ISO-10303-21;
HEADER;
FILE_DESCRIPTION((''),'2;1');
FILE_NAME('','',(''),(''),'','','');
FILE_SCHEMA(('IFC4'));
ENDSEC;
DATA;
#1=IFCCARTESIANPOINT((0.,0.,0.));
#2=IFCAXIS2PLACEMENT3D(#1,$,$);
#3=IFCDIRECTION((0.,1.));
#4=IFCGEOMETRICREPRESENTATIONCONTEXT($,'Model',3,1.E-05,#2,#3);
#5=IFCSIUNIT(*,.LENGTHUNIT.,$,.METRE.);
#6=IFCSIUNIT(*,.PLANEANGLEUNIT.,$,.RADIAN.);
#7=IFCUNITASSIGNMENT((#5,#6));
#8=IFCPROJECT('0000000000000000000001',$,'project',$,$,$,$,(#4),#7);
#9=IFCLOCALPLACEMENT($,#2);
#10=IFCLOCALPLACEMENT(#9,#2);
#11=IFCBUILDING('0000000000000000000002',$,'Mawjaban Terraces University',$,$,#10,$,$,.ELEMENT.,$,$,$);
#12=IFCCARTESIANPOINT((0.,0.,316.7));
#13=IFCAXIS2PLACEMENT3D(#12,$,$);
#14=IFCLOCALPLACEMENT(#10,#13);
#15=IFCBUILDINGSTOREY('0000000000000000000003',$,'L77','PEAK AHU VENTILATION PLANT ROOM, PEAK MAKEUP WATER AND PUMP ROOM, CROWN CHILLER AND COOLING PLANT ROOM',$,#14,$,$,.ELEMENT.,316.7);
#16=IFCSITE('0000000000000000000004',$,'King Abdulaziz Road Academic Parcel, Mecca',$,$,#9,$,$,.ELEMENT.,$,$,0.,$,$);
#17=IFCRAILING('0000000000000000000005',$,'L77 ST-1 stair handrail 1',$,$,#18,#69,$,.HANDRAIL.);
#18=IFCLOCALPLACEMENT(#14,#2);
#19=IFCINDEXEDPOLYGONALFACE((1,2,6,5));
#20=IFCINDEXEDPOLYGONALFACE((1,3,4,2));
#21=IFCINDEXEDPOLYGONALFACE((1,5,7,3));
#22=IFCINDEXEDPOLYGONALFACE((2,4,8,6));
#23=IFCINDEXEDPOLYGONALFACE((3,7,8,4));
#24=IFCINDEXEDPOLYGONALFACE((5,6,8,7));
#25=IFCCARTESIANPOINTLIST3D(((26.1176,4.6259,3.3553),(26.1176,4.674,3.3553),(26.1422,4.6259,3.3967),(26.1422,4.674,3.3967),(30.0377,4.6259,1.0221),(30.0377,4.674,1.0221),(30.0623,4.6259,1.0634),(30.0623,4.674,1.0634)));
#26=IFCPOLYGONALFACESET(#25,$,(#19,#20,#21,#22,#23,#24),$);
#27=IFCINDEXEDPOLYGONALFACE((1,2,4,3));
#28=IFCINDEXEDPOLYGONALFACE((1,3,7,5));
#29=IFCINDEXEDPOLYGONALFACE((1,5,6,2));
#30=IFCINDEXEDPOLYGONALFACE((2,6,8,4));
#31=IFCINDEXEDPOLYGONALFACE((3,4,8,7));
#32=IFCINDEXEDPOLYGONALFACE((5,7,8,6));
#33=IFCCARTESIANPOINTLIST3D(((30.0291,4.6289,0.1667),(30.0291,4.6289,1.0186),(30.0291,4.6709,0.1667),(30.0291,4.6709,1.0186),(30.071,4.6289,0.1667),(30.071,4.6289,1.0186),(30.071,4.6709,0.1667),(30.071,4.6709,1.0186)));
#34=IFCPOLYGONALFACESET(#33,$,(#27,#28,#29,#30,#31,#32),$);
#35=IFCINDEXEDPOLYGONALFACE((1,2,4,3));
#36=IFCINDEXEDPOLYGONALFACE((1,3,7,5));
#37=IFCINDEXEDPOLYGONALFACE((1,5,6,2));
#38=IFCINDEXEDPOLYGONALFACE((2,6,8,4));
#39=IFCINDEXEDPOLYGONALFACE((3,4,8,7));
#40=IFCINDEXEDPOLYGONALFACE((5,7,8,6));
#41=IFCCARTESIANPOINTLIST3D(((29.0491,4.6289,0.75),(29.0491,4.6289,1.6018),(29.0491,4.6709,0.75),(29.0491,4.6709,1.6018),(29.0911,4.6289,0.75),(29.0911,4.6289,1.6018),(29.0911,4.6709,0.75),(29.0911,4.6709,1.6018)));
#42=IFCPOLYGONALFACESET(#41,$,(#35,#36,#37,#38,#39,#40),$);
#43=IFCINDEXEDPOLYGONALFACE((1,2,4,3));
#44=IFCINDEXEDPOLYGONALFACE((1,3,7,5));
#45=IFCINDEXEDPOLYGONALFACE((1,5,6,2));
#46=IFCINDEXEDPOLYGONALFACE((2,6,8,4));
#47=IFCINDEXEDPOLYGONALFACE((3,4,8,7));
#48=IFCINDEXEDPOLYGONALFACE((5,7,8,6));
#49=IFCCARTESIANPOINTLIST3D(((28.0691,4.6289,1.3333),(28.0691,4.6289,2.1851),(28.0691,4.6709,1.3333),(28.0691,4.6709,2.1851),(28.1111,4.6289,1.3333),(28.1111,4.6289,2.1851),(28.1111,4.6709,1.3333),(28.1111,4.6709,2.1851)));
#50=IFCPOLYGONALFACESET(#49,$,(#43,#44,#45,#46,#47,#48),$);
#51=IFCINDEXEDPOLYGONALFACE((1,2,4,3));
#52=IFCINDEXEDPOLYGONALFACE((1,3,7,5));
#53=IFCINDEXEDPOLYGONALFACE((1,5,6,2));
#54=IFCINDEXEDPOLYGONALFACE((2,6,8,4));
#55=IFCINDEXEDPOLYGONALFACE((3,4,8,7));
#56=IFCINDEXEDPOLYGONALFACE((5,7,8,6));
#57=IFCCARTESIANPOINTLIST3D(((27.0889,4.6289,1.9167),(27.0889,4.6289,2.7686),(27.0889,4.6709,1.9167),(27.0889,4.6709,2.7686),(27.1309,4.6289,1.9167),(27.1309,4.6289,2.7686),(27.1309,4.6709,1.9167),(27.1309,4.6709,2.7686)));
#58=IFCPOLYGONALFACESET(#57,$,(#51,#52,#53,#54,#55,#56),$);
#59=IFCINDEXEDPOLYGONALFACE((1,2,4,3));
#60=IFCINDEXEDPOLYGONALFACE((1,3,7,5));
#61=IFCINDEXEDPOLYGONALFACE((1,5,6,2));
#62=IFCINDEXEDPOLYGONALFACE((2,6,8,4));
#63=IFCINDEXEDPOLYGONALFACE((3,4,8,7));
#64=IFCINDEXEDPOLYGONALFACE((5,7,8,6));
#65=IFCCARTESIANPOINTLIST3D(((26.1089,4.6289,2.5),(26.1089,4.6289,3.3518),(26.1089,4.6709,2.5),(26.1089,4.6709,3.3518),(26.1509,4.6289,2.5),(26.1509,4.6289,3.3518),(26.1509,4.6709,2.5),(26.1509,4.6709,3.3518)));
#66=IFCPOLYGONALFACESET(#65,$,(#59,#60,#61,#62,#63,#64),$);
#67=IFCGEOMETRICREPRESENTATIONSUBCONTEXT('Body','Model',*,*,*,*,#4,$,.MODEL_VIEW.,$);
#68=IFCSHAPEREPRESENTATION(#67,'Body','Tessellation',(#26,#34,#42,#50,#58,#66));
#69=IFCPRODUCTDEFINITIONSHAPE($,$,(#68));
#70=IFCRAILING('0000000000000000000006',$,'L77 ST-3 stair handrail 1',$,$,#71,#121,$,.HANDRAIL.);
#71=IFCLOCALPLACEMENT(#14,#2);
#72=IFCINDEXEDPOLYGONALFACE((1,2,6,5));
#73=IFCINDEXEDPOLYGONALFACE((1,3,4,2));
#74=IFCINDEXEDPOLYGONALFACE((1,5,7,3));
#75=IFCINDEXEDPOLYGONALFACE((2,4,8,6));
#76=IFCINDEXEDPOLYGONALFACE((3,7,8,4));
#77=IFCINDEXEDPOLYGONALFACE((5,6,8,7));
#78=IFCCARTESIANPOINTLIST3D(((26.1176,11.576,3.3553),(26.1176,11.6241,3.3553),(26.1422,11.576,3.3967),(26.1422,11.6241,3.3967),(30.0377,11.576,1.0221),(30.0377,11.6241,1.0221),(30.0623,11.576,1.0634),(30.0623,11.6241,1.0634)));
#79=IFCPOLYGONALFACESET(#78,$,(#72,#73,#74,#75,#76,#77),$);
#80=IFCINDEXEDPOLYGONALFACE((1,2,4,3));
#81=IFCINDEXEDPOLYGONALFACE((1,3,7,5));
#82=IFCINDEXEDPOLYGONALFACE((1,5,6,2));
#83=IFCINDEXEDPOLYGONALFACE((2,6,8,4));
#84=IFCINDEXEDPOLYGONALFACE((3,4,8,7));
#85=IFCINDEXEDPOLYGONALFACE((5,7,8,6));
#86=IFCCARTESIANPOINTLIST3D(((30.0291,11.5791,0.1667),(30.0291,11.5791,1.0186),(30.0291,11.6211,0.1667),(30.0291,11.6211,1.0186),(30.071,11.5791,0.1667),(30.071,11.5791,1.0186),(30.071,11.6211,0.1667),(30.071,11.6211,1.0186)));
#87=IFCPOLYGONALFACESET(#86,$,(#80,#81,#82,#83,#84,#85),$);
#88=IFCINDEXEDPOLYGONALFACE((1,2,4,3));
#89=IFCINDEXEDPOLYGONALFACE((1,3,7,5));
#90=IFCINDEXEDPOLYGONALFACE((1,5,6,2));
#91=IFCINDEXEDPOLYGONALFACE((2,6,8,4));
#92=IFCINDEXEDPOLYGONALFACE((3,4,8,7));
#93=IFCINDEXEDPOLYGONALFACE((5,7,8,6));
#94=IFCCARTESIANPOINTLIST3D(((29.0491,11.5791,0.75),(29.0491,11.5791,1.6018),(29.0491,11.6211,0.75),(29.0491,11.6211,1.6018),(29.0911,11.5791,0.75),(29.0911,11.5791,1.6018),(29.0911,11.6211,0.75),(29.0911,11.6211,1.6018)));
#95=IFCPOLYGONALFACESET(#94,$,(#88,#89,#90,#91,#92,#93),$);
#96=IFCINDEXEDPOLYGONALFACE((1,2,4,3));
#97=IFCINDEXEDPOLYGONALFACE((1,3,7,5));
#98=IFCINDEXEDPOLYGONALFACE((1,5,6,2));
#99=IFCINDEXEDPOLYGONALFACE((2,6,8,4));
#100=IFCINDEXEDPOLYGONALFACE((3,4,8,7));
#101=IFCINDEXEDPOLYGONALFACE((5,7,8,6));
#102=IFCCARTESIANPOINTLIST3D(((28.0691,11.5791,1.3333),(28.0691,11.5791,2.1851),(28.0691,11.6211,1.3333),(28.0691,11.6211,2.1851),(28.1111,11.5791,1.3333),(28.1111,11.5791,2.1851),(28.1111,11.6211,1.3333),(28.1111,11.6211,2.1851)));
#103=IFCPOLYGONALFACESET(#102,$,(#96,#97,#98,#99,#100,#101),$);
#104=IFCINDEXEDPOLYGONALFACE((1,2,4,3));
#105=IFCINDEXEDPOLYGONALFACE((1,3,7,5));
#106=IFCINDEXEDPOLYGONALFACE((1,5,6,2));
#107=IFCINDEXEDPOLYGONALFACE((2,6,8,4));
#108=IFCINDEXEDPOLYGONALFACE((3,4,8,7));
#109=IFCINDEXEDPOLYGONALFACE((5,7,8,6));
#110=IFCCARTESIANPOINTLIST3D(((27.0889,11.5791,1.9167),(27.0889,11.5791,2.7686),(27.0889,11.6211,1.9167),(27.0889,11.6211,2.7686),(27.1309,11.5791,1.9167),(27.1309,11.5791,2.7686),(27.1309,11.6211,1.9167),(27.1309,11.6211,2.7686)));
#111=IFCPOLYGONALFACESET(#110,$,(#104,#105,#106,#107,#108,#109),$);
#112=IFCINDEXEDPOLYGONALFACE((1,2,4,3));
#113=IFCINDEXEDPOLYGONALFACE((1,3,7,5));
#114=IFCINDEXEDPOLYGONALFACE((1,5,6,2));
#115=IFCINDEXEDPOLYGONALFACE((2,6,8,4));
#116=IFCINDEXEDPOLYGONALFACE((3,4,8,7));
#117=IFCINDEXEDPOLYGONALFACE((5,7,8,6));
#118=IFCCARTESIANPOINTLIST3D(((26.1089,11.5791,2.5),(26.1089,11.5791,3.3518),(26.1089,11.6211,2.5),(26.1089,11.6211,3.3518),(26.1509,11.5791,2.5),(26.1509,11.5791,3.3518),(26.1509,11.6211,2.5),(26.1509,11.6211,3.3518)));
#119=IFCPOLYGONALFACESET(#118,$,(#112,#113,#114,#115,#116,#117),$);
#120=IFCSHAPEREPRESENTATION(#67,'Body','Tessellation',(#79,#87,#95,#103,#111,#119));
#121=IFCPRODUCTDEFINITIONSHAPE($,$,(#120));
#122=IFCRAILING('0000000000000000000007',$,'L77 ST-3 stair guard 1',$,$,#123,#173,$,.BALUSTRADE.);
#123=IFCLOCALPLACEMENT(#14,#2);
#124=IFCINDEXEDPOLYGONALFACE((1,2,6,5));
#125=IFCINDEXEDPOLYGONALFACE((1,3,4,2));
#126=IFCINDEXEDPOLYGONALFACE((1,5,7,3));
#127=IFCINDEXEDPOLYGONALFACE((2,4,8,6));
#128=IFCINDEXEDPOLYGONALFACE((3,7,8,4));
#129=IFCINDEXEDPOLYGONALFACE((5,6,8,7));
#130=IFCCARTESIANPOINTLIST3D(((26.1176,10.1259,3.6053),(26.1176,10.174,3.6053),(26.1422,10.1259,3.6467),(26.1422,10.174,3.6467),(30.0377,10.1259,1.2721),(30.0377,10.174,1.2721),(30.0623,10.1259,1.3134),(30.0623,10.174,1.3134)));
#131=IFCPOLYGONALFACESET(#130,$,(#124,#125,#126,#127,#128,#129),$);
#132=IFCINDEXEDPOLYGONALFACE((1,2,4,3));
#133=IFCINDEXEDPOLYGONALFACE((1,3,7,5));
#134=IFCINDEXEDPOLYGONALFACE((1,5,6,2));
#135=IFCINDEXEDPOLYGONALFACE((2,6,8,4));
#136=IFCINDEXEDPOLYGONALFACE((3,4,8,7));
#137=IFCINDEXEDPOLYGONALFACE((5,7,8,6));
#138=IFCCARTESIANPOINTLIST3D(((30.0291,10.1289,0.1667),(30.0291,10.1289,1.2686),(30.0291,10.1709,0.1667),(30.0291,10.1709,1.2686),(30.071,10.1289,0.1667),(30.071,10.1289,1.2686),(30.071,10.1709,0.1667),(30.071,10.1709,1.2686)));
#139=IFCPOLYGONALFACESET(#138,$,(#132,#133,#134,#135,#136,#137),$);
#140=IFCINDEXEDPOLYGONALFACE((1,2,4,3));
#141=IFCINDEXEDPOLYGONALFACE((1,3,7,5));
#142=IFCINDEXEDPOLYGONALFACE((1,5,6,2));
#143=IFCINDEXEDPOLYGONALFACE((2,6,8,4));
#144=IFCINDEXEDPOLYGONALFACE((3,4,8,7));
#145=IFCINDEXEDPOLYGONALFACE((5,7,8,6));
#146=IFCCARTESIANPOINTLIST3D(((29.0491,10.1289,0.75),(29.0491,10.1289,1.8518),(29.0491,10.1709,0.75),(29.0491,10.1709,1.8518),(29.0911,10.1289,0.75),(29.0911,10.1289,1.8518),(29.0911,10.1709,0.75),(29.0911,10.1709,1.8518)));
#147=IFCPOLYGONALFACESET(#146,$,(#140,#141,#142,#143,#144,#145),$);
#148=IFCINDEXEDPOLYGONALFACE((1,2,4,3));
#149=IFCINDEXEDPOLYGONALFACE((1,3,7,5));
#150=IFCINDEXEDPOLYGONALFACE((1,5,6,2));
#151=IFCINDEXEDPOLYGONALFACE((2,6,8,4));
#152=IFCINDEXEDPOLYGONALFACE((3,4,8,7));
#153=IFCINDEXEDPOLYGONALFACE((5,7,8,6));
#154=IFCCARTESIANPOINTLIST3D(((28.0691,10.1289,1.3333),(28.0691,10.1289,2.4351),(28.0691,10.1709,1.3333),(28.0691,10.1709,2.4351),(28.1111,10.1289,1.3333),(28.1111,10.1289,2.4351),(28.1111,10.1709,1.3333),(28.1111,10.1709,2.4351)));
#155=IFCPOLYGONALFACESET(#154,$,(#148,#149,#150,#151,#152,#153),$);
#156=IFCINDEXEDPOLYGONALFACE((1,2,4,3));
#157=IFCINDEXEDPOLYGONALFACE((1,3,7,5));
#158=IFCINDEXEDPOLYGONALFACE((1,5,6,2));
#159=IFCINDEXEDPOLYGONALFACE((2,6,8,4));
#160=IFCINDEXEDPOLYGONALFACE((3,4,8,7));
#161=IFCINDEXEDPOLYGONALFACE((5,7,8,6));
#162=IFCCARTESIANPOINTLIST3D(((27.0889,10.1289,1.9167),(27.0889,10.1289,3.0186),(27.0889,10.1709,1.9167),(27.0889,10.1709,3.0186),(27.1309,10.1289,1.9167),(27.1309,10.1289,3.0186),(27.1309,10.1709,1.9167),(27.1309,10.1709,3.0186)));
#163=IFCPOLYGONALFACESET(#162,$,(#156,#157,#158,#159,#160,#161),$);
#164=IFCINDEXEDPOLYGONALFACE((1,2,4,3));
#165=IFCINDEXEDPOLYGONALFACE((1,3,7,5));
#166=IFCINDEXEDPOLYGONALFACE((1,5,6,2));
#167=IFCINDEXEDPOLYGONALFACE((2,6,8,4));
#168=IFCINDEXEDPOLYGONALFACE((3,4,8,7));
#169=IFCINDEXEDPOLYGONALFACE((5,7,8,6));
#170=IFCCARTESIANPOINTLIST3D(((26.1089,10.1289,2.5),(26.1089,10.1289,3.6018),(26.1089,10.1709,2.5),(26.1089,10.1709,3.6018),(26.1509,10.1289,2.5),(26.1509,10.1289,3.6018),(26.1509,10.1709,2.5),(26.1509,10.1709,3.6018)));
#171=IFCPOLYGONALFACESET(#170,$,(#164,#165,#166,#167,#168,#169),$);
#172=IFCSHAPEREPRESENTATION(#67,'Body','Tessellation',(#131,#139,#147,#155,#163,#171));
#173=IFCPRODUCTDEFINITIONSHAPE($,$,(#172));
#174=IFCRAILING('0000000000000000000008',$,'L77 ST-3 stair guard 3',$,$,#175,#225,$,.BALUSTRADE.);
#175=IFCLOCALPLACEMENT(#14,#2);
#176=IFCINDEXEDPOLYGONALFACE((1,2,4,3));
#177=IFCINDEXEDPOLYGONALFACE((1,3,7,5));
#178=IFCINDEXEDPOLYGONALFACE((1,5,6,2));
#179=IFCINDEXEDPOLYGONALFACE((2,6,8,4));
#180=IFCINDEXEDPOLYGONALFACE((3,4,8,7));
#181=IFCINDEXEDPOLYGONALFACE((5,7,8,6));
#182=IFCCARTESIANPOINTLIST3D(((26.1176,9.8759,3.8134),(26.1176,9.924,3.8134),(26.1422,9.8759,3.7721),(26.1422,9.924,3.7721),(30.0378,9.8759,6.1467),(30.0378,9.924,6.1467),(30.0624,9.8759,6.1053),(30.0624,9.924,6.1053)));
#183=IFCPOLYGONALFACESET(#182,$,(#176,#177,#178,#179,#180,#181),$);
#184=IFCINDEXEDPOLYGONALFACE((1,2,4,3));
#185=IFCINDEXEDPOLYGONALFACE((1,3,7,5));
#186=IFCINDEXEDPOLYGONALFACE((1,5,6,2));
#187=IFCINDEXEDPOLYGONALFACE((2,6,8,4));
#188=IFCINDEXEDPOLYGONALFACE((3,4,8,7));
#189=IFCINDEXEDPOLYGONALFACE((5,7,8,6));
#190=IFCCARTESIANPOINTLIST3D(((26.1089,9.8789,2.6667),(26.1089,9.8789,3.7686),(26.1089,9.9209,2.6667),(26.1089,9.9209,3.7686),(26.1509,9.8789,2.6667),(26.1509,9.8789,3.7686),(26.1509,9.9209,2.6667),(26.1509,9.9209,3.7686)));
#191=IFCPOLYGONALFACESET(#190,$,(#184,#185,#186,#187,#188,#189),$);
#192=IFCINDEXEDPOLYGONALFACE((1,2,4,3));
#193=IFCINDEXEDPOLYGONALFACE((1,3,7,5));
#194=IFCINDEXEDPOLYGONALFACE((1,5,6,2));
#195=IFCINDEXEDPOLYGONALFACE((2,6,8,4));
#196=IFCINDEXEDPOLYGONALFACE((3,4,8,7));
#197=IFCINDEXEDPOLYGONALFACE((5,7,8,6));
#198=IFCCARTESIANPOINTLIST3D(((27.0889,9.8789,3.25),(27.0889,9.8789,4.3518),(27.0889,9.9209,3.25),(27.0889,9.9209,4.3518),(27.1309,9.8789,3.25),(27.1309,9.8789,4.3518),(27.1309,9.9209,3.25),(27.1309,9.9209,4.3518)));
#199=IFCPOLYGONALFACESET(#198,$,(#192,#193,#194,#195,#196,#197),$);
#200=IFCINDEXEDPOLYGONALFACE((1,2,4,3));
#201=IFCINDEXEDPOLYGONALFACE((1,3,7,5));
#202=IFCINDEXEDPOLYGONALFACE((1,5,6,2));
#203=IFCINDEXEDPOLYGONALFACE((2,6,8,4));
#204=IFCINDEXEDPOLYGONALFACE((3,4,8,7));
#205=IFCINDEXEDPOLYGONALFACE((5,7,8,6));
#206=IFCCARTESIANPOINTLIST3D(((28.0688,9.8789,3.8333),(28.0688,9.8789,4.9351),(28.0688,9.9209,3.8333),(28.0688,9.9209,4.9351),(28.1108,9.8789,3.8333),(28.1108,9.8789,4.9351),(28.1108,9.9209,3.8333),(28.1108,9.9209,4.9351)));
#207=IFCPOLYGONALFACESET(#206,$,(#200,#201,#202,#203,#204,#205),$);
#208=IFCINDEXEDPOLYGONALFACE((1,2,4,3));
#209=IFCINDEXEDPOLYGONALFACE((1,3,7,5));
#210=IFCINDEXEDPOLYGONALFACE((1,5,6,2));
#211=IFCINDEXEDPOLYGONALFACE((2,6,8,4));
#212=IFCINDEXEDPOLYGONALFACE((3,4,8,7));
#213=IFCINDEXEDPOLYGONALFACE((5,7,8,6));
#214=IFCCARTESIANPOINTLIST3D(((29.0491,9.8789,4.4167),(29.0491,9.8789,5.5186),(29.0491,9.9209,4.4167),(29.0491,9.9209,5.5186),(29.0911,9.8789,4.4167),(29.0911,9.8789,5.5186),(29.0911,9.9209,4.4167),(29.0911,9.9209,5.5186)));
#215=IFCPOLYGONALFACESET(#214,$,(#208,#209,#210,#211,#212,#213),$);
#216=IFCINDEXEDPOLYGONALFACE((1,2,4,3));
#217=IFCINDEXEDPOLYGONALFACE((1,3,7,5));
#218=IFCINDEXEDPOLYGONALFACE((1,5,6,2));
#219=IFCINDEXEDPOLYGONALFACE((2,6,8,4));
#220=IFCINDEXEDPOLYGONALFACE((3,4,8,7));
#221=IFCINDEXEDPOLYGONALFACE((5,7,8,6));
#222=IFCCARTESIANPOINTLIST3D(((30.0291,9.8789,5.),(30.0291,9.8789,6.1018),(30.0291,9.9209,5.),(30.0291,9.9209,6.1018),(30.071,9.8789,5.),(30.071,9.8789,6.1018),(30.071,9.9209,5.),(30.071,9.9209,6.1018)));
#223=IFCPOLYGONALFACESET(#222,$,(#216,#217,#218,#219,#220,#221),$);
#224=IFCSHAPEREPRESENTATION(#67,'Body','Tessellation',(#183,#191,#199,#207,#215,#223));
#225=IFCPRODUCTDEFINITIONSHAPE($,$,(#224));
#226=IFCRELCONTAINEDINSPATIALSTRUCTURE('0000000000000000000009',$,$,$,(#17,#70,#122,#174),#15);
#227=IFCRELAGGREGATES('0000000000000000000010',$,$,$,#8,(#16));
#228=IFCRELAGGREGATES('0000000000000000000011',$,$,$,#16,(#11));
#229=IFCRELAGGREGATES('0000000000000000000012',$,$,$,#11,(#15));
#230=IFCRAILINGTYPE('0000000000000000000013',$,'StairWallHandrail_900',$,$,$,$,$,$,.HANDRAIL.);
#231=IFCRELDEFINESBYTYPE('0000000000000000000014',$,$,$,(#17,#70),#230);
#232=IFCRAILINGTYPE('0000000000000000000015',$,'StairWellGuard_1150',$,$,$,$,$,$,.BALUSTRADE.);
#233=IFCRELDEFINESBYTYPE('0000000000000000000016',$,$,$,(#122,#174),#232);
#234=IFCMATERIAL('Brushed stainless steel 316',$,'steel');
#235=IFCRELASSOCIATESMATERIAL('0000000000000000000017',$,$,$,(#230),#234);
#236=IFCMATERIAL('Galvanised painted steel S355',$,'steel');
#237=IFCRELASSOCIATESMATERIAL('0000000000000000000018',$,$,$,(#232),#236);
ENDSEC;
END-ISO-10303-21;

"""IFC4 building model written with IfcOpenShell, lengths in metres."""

from ifc_helpers import new_model, si_unit, direction, frame, origin, origin_2d, place, context, subcontext, project, spatial, rectangle, extrude, material, type_object, element, save


model = new_model("IFC4")

# Units and contexts
model_context = context("Model", 3, precision=1e-05, world=origin(), true_north=direction((0.0, 1.0)))
body_context = subcontext(model_context, "Body", "Model", "MODEL_VIEW")
ifc_project = project(units=[si_unit("LENGTHUNIT", "METRE"), si_unit("PLANEANGLEUNIT", "RADIAN")], contexts=[model_context])

# Site, building, storey
site_placement = place(None, origin())
site = spatial("IfcSite", under=ifc_project, at=site_placement, Name="King Abdulaziz Road Academic Parcel, Mecca", CompositionType="ELEMENT", RefElevation=0.0)
building_placement = place(site_placement, origin())
building = spatial("IfcBuilding", under=site, at=building_placement, Name="Mawjaban Terraces University", CompositionType="ELEMENT")
storey_placement = place(building_placement, frame((0.0, 0.0, 316.7)))
storey = spatial("IfcBuildingStorey", under=building, at=storey_placement, Name="L77", Description="PEAK AHU VENTILATION PLANT ROOM, PEAK MAKEUP WATER AND PUMP ROOM, CROWN CHILLER AND COOLING PLANT ROOM", CompositionType="ELEMENT", Elevation=316.7)

# Railings
ifc_material_1 = material(Name="Brushed stainless steel 316", Category="steel")
railing_type_1 = type_object("IfcRailingType", Name="StairWallHandrail_900", PredefinedType="HANDRAIL", material=ifc_material_1)
for number, where, name in (
    (1, (30.05, 4.6499, 0.1667), "L77 ST-1 stair handrail 1"),
    (2, (30.05, 11.6001, 0.1667), "L77 ST-3 stair handrail 1"),
):
    element("IfcRailing", number, at=place(storey_placement, frame(where)), inside=storey, type_object=railing_type_1, Name=name, PredefinedType="HANDRAIL", context=body_context, shape_type="SweptSolid", body=[
        extrude(rectangle(XDim=0.0481, YDim=0.0481, at=origin_2d()), frame((0.0, 0.0, 0.876), z_axis=(-0.85931, 0.0, 0.511455), x_axis=(0.0, -1.0, 0.0)), (0.0, 0.0, 1.0), 4.562),
        extrude(rectangle(XDim=0.042, YDim=0.042, at=origin_2d()), origin(), (0.0, 0.0, 1.0), 0.8518),
        extrude(rectangle(XDim=0.042, YDim=0.042, at=origin_2d()), frame((-0.98, 0.0, 0.5833)), (0.0, 0.0, 1.0), 0.8518),
        extrude(rectangle(XDim=0.042, YDim=0.042, at=origin_2d()), frame((-1.96, 0.0, 1.1665)), (0.0, 0.0, 1.0), 0.8518),
        extrude(rectangle(XDim=0.042, YDim=0.042, at=origin_2d()), frame((-2.9402, 0.0, 1.75)), (0.0, 0.0, 1.0), 0.8518),
        extrude(rectangle(XDim=0.042, YDim=0.042, at=origin_2d()), frame((-3.9202, 0.0, 2.3333)), (0.0, 0.0, 1.0), 0.8518),
    ])
ifc_material_2 = material(Name="Galvanised painted steel S355", Category="steel")
railing_type_2 = type_object("IfcRailingType", Name="StairWellGuard_1150", PredefinedType="BALUSTRADE", material=ifc_material_2)
railing_1_placement = place(storey_placement, frame((30.05, 10.1499, 0.1667)))
element("IfcRailing", 3, at=railing_1_placement, inside=storey, type_object=railing_type_2, Name="L77 ST-3 stair guard 1", PredefinedType="BALUSTRADE", context=body_context, shape_type="SweptSolid", body=[
    extrude(rectangle(XDim=0.0481, YDim=0.0481, at=origin_2d()), frame((0.0, 0.0, 1.126), z_axis=(-0.85931, 0.0, 0.511455), x_axis=(0.0, -1.0, 0.0)), (0.0, 0.0, 1.0), 4.562),
    extrude(rectangle(XDim=0.042, YDim=0.042, at=origin_2d()), origin(), (0.0, 0.0, 1.0), 1.1018),
    extrude(rectangle(XDim=0.042, YDim=0.042, at=origin_2d()), frame((-0.98, 0.0, 0.5833)), (0.0, 0.0, 1.0), 1.1018),
    extrude(rectangle(XDim=0.042, YDim=0.042, at=origin_2d()), frame((-1.96, 0.0, 1.1665)), (0.0, 0.0, 1.0), 1.1018),
    extrude(rectangle(XDim=0.042, YDim=0.042, at=origin_2d()), frame((-2.9402, 0.0, 1.75)), (0.0, 0.0, 1.0), 1.1018),
    extrude(rectangle(XDim=0.042, YDim=0.042, at=origin_2d()), frame((-3.9202, 0.0, 2.3333)), (0.0, 0.0, 1.0), 1.1018),
])
railing_2_placement = place(storey_placement, frame((26.1299, 9.8999, 2.6667)))
element("IfcRailing", 4, at=railing_2_placement, inside=storey, type_object=railing_type_2, Name="L77 ST-3 stair guard 3", PredefinedType="BALUSTRADE", context=body_context, shape_type="SweptSolid", body=[
    extrude(rectangle(XDim=0.0481, YDim=0.0481, at=origin_2d()), frame((0.0, 0.0, 1.126), z_axis=(0.85931, 0.0, 0.511455), x_axis=(0.0, 1.0, 0.0)), (0.0, 0.0, 1.0), 4.562),
    extrude(rectangle(XDim=0.042, YDim=0.042, at=origin_2d()), origin(), (0.0, 0.0, 1.0), 1.1018),
    extrude(rectangle(XDim=0.042, YDim=0.042, at=origin_2d()), frame((0.98, 0.0, 0.5833)), (0.0, 0.0, 1.0), 1.1018),
    extrude(rectangle(XDim=0.042, YDim=0.042, at=origin_2d()), frame((1.96, 0.0, 1.1665)), (0.0, 0.0, 1.0), 1.1018),
    extrude(rectangle(XDim=0.042, YDim=0.042, at=origin_2d()), frame((2.9402, 0.0, 1.75)), (0.0, 0.0, 1.0), 1.1018),
    extrude(rectangle(XDim=0.042, YDim=0.042, at=origin_2d()), frame((3.9202, 0.0, 2.3333)), (0.0, 0.0, 1.0), 1.1018),
])

save(model, "model.ifc")
